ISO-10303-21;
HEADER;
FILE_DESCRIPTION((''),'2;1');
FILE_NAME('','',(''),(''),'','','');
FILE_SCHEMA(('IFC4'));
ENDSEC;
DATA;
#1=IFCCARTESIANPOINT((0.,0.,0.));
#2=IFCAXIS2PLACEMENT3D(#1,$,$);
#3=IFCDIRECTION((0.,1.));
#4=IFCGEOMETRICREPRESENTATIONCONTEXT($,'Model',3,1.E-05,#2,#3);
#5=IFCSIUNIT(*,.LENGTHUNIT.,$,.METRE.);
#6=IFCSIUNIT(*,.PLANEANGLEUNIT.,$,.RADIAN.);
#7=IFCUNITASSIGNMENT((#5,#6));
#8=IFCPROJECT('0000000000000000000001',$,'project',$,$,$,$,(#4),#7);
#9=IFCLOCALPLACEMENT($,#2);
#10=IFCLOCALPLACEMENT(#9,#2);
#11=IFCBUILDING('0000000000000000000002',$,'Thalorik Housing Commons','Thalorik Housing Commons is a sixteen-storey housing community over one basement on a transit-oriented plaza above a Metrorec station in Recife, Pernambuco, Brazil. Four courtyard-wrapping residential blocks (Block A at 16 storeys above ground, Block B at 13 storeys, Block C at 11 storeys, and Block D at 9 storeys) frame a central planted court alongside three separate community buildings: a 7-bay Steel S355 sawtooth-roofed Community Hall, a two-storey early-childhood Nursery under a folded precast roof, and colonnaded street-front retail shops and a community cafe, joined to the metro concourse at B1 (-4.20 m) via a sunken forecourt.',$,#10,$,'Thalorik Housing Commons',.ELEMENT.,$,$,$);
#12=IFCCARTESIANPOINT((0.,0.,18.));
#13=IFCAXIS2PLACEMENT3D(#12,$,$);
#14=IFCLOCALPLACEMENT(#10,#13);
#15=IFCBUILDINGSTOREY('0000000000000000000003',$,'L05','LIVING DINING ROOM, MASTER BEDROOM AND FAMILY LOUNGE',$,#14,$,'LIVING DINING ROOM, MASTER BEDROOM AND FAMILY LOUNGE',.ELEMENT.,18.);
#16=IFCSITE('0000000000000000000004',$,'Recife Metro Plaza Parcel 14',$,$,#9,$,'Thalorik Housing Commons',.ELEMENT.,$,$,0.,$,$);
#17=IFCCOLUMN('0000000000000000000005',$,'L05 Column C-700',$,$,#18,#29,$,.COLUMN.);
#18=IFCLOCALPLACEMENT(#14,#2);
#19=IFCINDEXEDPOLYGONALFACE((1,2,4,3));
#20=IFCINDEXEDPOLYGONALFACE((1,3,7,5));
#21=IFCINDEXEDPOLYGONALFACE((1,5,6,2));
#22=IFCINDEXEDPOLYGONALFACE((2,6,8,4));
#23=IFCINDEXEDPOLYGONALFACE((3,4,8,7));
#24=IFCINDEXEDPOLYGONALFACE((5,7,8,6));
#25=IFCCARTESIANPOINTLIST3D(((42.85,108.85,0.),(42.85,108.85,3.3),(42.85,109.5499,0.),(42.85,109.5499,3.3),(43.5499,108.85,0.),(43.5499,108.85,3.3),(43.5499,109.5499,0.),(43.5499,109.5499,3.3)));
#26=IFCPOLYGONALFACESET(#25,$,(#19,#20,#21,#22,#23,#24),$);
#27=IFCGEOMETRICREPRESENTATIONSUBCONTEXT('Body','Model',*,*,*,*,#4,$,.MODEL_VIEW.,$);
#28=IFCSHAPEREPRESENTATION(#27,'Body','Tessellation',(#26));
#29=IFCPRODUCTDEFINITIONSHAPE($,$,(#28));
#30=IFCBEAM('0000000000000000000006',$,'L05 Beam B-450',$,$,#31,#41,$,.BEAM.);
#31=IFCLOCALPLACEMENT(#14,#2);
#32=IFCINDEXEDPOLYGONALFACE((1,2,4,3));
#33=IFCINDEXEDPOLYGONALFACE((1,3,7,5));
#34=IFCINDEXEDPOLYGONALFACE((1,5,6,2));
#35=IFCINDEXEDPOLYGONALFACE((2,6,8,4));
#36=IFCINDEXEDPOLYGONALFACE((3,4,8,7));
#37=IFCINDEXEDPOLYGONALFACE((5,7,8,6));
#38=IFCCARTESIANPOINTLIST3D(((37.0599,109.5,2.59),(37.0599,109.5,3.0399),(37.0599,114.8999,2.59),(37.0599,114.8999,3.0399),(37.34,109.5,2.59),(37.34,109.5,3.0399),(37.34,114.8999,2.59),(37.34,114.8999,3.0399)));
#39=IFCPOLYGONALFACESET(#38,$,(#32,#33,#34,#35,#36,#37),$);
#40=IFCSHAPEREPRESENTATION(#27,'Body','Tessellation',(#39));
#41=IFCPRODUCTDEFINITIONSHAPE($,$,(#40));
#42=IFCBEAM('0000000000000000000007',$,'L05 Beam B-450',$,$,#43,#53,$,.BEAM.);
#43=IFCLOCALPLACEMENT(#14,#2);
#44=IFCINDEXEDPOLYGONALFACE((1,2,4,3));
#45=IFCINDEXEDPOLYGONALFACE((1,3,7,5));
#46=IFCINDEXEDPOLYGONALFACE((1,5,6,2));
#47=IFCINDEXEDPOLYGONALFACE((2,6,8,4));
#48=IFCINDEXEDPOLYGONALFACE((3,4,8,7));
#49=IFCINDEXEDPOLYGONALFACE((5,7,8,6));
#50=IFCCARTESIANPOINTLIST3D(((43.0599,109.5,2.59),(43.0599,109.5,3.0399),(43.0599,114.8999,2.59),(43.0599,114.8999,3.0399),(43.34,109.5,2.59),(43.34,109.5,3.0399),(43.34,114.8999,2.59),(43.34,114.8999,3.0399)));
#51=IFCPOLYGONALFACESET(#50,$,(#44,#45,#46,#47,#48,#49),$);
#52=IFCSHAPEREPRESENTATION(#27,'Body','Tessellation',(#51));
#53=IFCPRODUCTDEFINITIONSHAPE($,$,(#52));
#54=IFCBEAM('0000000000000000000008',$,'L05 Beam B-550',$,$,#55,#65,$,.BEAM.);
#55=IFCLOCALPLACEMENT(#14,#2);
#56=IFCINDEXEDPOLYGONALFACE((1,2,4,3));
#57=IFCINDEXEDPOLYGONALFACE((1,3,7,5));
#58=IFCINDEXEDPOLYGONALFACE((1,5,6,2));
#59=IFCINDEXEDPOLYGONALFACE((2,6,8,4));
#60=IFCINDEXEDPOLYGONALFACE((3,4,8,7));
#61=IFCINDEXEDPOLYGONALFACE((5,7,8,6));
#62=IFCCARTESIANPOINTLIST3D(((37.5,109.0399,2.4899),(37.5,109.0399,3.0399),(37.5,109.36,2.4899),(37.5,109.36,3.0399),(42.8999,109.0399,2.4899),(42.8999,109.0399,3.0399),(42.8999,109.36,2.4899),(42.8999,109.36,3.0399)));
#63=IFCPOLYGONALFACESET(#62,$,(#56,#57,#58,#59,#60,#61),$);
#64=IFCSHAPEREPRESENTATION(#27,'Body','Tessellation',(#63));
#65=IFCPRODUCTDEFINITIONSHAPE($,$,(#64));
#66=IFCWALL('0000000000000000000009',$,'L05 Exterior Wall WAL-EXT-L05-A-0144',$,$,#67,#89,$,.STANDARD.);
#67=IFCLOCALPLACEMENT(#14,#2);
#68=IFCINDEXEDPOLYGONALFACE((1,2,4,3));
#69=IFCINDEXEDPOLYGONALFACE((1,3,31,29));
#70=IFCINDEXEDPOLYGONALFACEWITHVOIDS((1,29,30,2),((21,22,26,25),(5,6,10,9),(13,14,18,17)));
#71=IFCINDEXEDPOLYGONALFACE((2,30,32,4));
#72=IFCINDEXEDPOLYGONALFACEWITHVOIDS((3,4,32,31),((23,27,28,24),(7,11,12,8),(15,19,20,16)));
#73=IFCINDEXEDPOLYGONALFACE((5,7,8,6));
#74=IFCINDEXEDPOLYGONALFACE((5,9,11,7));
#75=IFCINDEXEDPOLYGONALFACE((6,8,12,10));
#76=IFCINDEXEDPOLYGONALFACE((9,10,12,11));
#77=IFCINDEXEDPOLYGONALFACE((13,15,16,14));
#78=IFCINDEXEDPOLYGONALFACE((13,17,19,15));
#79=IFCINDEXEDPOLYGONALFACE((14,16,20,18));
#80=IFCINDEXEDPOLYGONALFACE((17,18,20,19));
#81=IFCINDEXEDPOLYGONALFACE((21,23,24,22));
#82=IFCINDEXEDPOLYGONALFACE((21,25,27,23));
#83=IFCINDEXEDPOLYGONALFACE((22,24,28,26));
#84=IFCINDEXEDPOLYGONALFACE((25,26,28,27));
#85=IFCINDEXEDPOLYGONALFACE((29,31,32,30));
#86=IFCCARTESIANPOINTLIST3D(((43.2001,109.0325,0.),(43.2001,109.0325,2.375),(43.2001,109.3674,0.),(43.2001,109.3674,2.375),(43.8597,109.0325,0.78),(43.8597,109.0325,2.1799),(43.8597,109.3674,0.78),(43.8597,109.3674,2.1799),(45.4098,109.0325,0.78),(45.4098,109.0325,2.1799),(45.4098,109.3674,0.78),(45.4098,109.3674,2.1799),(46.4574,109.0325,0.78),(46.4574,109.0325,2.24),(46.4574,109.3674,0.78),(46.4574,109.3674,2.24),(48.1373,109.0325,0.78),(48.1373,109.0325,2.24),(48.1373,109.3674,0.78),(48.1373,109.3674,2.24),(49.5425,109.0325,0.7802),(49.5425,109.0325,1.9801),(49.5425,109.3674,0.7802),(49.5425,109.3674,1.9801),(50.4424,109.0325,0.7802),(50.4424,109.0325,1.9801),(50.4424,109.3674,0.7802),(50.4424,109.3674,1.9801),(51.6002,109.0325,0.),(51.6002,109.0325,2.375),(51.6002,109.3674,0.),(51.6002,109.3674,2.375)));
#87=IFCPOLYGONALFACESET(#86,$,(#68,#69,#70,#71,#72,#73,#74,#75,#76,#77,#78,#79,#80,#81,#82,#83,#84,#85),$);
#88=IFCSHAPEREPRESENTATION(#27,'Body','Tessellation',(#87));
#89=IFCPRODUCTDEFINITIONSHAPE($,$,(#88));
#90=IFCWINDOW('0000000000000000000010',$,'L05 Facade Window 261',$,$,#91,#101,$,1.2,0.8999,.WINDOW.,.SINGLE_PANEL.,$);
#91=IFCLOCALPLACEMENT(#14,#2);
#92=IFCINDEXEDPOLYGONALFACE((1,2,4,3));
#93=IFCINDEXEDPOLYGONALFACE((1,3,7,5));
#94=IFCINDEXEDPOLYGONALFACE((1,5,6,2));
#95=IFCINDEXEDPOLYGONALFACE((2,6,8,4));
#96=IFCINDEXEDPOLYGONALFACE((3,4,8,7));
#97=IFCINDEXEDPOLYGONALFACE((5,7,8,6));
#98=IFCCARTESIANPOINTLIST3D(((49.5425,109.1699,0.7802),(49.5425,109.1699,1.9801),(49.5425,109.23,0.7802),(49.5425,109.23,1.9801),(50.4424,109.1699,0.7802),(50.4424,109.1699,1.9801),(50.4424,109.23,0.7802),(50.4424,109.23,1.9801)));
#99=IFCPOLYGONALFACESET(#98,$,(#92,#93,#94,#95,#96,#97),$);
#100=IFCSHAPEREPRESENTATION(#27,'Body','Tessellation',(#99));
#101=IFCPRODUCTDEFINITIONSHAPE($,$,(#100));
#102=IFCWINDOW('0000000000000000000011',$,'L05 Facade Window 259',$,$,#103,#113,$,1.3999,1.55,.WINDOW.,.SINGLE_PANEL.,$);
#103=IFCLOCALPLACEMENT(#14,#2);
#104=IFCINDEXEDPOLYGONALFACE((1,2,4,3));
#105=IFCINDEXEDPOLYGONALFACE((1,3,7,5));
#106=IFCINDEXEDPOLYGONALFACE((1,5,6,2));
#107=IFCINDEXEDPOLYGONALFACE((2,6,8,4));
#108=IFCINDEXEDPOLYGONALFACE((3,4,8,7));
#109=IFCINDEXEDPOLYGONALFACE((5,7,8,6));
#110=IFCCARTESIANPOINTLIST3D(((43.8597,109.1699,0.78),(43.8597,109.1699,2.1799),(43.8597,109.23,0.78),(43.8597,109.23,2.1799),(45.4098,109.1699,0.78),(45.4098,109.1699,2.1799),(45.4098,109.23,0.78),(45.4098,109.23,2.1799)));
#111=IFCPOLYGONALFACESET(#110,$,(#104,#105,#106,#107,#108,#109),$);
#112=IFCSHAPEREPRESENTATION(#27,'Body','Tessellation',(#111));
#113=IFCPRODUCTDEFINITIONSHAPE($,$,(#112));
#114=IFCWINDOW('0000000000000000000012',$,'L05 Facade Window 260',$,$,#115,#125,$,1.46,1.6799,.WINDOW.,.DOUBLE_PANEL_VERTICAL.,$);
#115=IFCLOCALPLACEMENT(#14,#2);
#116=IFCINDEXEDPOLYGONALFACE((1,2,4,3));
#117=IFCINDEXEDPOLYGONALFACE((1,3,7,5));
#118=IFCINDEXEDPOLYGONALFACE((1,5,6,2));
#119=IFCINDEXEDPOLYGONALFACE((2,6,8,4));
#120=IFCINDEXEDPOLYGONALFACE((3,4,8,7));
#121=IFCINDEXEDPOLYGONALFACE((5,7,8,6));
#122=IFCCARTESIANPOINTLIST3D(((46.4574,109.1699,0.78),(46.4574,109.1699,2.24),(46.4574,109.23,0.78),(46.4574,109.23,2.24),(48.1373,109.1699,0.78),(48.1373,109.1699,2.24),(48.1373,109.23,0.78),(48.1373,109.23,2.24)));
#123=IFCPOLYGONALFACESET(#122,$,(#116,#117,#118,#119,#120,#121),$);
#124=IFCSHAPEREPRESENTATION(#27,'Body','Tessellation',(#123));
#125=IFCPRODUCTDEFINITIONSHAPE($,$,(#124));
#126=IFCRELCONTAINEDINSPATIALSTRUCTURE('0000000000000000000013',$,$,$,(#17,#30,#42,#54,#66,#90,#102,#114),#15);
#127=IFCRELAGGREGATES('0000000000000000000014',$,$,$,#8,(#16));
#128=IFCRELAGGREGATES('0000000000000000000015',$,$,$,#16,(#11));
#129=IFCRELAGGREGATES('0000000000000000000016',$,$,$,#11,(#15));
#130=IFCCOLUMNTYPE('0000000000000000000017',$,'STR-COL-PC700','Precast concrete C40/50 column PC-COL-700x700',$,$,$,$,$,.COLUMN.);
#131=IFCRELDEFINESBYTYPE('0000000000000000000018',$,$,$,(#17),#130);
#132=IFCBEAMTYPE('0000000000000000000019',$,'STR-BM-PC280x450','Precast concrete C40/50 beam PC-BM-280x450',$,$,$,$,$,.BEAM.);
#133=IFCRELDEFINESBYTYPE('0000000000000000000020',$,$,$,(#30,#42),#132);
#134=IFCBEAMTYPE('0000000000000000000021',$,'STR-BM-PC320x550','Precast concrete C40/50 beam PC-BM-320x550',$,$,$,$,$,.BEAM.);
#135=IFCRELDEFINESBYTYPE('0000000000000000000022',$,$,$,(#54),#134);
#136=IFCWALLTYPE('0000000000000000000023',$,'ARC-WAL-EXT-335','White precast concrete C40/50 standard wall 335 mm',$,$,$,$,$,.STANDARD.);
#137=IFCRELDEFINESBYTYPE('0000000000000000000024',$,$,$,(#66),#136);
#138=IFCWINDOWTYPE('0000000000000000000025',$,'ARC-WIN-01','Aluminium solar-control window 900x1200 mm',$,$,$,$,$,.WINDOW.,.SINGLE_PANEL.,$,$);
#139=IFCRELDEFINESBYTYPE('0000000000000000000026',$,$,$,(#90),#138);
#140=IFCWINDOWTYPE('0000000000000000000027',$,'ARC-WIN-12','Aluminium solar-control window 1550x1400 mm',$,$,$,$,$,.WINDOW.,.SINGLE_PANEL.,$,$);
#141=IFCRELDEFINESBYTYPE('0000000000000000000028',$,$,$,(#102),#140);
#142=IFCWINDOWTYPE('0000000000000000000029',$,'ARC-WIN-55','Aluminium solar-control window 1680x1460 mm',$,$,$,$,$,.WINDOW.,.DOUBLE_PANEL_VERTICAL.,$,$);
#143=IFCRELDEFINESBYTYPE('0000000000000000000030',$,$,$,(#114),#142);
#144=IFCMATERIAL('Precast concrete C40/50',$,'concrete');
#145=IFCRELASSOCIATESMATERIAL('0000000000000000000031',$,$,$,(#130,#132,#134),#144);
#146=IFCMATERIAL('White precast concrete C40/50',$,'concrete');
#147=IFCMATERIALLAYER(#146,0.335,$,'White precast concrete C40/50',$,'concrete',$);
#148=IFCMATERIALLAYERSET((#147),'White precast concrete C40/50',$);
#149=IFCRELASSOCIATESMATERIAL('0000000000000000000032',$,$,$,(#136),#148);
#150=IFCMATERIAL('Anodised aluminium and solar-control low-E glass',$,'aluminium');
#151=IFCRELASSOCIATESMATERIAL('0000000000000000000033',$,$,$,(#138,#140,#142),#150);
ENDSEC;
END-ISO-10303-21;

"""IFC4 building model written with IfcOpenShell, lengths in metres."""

from ifc_helpers import new_model, si_unit, direction, frame, frame_2d, origin, origin_2d, place, context, subcontext, project, spatial, rectangle, extrude, material, layer, layer_set, material_profile, profile_set, type_object, element, fill, save


model = new_model("IFC4")

# Units and contexts
model_context = context("Model", 3, precision=1e-05, world=origin(), true_north=direction((0.0, 1.0)))
body_context = subcontext(model_context, "Body", "Model", "MODEL_VIEW")
ifc_project = project(units=[si_unit("LENGTHUNIT", "METRE"), si_unit("PLANEANGLEUNIT", "RADIAN")], contexts=[model_context])

# Site, building, storey
site_placement = place(None, origin())
site = spatial("IfcSite", under=ifc_project, at=site_placement, Name="Recife Metro Plaza Parcel 14", LongName="Thalorik Housing Commons", CompositionType="ELEMENT", RefElevation=0.0)
building_placement = place(site_placement, origin())
building = spatial("IfcBuilding", under=site, at=building_placement, Name="Thalorik Housing Commons", Description="Thalorik Housing Commons is a sixteen-storey housing community over one basement on a transit-oriented plaza above a Metrorec station in Recife, Pernambuco, Brazil. Four courtyard-wrapping residential blocks (Block A at 16 storeys above ground, Block B at 13 storeys, Block C at 11 storeys, and Block D at 9 storeys) frame a central planted court alongside three separate community buildings: a 7-bay Steel S355 sawtooth-roofed Community Hall, a two-storey early-childhood Nursery under a folded precast roof, and colonnaded street-front retail shops and a community cafe, joined to the metro concourse at B1 (-4.20 m) via a sunken forecourt.", LongName="Thalorik Housing Commons", CompositionType="ELEMENT")
storey_placement = place(building_placement, frame((0.0, 0.0, 18.0)))
storey = spatial("IfcBuildingStorey", under=building, at=storey_placement, Name="L05", Description="LIVING DINING ROOM, MASTER BEDROOM AND FAMILY LOUNGE", LongName="LIVING DINING ROOM, MASTER BEDROOM AND FAMILY LOUNGE", CompositionType="ELEMENT", Elevation=18.0)

# Column
ifc_material_1 = material(Name="Precast concrete C40/50", Category="concrete")
ifc_material_profile_1 = material_profile(ifc_material_1, rectangle(XDim=0.7, YDim=0.7, at=origin_2d()), Name="PC 700x700", Category="concrete")
ifc_profile_set_1 = profile_set([ifc_material_profile_1], Name="Precast concrete C40/50")
column_type = type_object("IfcColumnType", Name="STR-COL-PC700", Description="Precast concrete C40/50 column PC-COL-700x700", PredefinedType="COLUMN", material=ifc_profile_set_1)
column_placement = place(storey_placement, frame((43.2, 109.2, 0.0), z_axis=(0.0, 0.0, 1.0), x_axis=(1.0, 0.0, 0.0)))
element("IfcColumn", 1, at=column_placement, inside=storey, type_object=column_type, Name="L05 Column C-700", PredefinedType="COLUMN", context=body_context, shape_type="SweptSolid", body=[
    extrude(rectangle(XDim=0.7, YDim=0.7, at=origin_2d()), origin(), (0.0, 0.0, 1.0), 3.3),
])

# Beams
ifc_material_profile_2 = material_profile(ifc_material_1, rectangle(XDim=0.28, YDim=0.45, at=origin_2d()), Name="PC 280x450", Category="concrete")
ifc_profile_set_2 = profile_set([ifc_material_profile_2], Name="Precast concrete C40/50")
beam_type_1 = type_object("IfcBeamType", Name="STR-BM-PC280x450", Description="Precast concrete C40/50 beam PC-BM-280x450", PredefinedType="BEAM", material=ifc_profile_set_2)
for number, where, z_axis, x_axis, name in (
    (2, (37.2, 109.5, 2.8149), (0.0, 1.0, 0.0), (-1.0, 0.0, 0.0), "L05 Beam B-450"),
    (3, (43.2, 109.5, 2.8149), (0.0, 1.0, 0.0), (-1.0, 0.0, 0.0), "L05 Beam B-450"),
):
    element("IfcBeam", number, at=place(storey_placement, frame(where, z_axis=z_axis, x_axis=x_axis)), inside=storey, type_object=beam_type_1, Name=name, PredefinedType="BEAM", context=body_context, shape_type="SweptSolid", body=[
        extrude(rectangle(XDim=0.28, YDim=0.45, at=origin_2d()), origin(), (0.0, 0.0, 1.0), 5.3999),
    ])
ifc_material_profile_3 = material_profile(ifc_material_1, rectangle(XDim=0.3201, YDim=0.55, at=origin_2d()), Name="PC 320x550", Category="concrete")
ifc_profile_set_3 = profile_set([ifc_material_profile_3], Name="Precast concrete C40/50")
beam_type_2 = type_object("IfcBeamType", Name="STR-BM-PC320x550", Description="Precast concrete C40/50 beam PC-BM-320x550", PredefinedType="BEAM", material=ifc_profile_set_3)
beam_placement = place(storey_placement, frame((37.5, 109.2, 2.7649), z_axis=(1.0, 0.0, 0.0), x_axis=(0.0, 1.0, 0.0)))
element("IfcBeam", 4, at=beam_placement, inside=storey, type_object=beam_type_2, Name="L05 Beam B-550", PredefinedType="BEAM", context=body_context, shape_type="SweptSolid", body=[
    extrude(rectangle(XDim=0.3201, YDim=0.55, at=origin_2d()), origin(), (0.0, 0.0, 1.0), 5.3999),
])

# Wall, openings, windows
ifc_material_2 = material(Name="White precast concrete C40/50", Category="concrete")
ifc_layer_1 = layer(ifc_material_2, 0.335, Name="White precast concrete C40/50", Category="concrete")
ifc_layer_set_1 = layer_set([ifc_layer_1], Name="White precast concrete C40/50")
wall_type_1 = type_object("IfcWallType", Name="ARC-WAL-EXT-335", Description="White precast concrete C40/50 standard wall 335 mm", PredefinedType="STANDARD", material=ifc_layer_set_1)
wall_1_placement = place(storey_placement, frame((43.2, 109.2, 0.0), z_axis=(0.0, 0.0, 1.0), x_axis=(1.0, 0.0, 0.0)))
wall_1 = element("IfcWall", 5, at=wall_1_placement, inside=storey, type_object=wall_type_1, Name="L05 Exterior Wall WAL-EXT-L05-A-0144", PredefinedType="STANDARD", context=body_context, shape_type="SweptSolid", body=[
    extrude(rectangle(XDim=8.4001, YDim=0.335, at=frame_2d((4.2002, 0.0))), origin(), (0.0, 0.0, 1.0), 2.375),
])
opening_1_placement = place(wall_1_placement, frame((0.6599, 0.0, 0.78)))
opening_1 = element("IfcOpeningElement", 6, at=opening_1_placement, cuts=wall_1, PredefinedType="OPENING", context=body_context, shape_type="SweptSolid", body=[
    extrude(rectangle(XDim=1.55, YDim=1.3999, at=frame_2d((0.7749, 0.7))), frame((0.0, 0.1775, 0.0), z_axis=(0.0, -1.0, 0.0), x_axis=(1.0, 0.0, 0.0)), (0.0, 0.0, 1.0), 0.355),
])
opening_2_placement = place(wall_1_placement, frame((3.2576, 0.0, 0.78)))
opening_2 = element("IfcOpeningElement", 7, at=opening_2_placement, cuts=wall_1, PredefinedType="OPENING", context=body_context, shape_type="SweptSolid", body=[
    extrude(rectangle(XDim=1.6799, YDim=1.46, at=frame_2d((0.8398, 0.73))), frame((0.0, 0.1775, 0.0), z_axis=(0.0, -1.0, 0.0), x_axis=(1.0, 0.0, 0.0)), (0.0, 0.0, 1.0), 0.355),
])
opening_3_placement = place(wall_1_placement, frame((6.3425, 0.0, 0.78)))
opening_3 = element("IfcOpeningElement", 8, at=opening_3_placement, cuts=wall_1, PredefinedType="OPENING", context=body_context, shape_type="SweptSolid", body=[
    extrude(rectangle(XDim=0.8999, YDim=1.2, at=frame_2d((0.45, 0.6001))), frame((0.0, 0.1775, 0.0), z_axis=(0.0, -1.0, 0.0), x_axis=(1.0, 0.0, 0.0)), (0.0, 0.0, 1.0), 0.355),
])
ifc_material_3 = material(Name="Anodised aluminium and solar-control low-E glass", Category="aluminium")
window_type_1 = type_object("IfcWindowType", Name="ARC-WIN-01", Description="Aluminium solar-control window 900x1200 mm", PartitioningType="SINGLE_PANEL", PredefinedType="WINDOW", material=ifc_material_3)
window_1_placement = place(opening_3_placement, origin())
window_1 = element("IfcWindow", 9, at=window_1_placement, inside=storey, type_object=window_type_1, Name="L05 Facade Window 261", OverallHeight=1.2, OverallWidth=0.8999, PartitioningType="SINGLE_PANEL", PredefinedType="WINDOW", context=body_context, shape_type="SweptSolid", body=[
    extrude(rectangle(XDim=0.8999, YDim=1.2, at=frame_2d((0.45, 0.6001))), frame((0.0, 0.03, 0.0), z_axis=(0.0, -1.0, 0.0), x_axis=(1.0, 0.0, 0.0)), (0.0, 0.0, 1.0), 0.0601),
])
fill(opening_3, window_1)
window_type_2 = type_object("IfcWindowType", Name="ARC-WIN-12", Description="Aluminium solar-control window 1550x1400 mm", PartitioningType="SINGLE_PANEL", PredefinedType="WINDOW", material=ifc_material_3)
window_2_placement = place(opening_1_placement, origin())
window_2 = element("IfcWindow", 10, at=window_2_placement, inside=storey, type_object=window_type_2, Name="L05 Facade Window 259", OverallHeight=1.3999, OverallWidth=1.55, PartitioningType="SINGLE_PANEL", PredefinedType="WINDOW", context=body_context, shape_type="SweptSolid", body=[
    extrude(rectangle(XDim=1.55, YDim=1.3999, at=frame_2d((0.7749, 0.7))), frame((0.0, 0.03, 0.0), z_axis=(0.0, -1.0, 0.0), x_axis=(1.0, 0.0, 0.0)), (0.0, 0.0, 1.0), 0.0601),
])
fill(opening_1, window_2)
window_type_3 = type_object("IfcWindowType", Name="ARC-WIN-55", Description="Aluminium solar-control window 1680x1460 mm", PartitioningType="DOUBLE_PANEL_VERTICAL", PredefinedType="WINDOW", material=ifc_material_3)
window_3_placement = place(opening_2_placement, origin())
window_3 = element("IfcWindow", 11, at=window_3_placement, inside=storey, type_object=window_type_3, Name="L05 Facade Window 260", OverallHeight=1.46, OverallWidth=1.6799, PartitioningType="DOUBLE_PANEL_VERTICAL", PredefinedType="WINDOW", context=body_context, shape_type="SweptSolid", body=[
    extrude(rectangle(XDim=1.6799, YDim=1.46, at=frame_2d((0.8398, 0.73))), frame((0.0, 0.03, 0.0), z_axis=(0.0, -1.0, 0.0), x_axis=(1.0, 0.0, 0.0)), (0.0, 0.0, 1.0), 0.0601),
])
fill(opening_2, window_3)

save(model, "model.ifc")
